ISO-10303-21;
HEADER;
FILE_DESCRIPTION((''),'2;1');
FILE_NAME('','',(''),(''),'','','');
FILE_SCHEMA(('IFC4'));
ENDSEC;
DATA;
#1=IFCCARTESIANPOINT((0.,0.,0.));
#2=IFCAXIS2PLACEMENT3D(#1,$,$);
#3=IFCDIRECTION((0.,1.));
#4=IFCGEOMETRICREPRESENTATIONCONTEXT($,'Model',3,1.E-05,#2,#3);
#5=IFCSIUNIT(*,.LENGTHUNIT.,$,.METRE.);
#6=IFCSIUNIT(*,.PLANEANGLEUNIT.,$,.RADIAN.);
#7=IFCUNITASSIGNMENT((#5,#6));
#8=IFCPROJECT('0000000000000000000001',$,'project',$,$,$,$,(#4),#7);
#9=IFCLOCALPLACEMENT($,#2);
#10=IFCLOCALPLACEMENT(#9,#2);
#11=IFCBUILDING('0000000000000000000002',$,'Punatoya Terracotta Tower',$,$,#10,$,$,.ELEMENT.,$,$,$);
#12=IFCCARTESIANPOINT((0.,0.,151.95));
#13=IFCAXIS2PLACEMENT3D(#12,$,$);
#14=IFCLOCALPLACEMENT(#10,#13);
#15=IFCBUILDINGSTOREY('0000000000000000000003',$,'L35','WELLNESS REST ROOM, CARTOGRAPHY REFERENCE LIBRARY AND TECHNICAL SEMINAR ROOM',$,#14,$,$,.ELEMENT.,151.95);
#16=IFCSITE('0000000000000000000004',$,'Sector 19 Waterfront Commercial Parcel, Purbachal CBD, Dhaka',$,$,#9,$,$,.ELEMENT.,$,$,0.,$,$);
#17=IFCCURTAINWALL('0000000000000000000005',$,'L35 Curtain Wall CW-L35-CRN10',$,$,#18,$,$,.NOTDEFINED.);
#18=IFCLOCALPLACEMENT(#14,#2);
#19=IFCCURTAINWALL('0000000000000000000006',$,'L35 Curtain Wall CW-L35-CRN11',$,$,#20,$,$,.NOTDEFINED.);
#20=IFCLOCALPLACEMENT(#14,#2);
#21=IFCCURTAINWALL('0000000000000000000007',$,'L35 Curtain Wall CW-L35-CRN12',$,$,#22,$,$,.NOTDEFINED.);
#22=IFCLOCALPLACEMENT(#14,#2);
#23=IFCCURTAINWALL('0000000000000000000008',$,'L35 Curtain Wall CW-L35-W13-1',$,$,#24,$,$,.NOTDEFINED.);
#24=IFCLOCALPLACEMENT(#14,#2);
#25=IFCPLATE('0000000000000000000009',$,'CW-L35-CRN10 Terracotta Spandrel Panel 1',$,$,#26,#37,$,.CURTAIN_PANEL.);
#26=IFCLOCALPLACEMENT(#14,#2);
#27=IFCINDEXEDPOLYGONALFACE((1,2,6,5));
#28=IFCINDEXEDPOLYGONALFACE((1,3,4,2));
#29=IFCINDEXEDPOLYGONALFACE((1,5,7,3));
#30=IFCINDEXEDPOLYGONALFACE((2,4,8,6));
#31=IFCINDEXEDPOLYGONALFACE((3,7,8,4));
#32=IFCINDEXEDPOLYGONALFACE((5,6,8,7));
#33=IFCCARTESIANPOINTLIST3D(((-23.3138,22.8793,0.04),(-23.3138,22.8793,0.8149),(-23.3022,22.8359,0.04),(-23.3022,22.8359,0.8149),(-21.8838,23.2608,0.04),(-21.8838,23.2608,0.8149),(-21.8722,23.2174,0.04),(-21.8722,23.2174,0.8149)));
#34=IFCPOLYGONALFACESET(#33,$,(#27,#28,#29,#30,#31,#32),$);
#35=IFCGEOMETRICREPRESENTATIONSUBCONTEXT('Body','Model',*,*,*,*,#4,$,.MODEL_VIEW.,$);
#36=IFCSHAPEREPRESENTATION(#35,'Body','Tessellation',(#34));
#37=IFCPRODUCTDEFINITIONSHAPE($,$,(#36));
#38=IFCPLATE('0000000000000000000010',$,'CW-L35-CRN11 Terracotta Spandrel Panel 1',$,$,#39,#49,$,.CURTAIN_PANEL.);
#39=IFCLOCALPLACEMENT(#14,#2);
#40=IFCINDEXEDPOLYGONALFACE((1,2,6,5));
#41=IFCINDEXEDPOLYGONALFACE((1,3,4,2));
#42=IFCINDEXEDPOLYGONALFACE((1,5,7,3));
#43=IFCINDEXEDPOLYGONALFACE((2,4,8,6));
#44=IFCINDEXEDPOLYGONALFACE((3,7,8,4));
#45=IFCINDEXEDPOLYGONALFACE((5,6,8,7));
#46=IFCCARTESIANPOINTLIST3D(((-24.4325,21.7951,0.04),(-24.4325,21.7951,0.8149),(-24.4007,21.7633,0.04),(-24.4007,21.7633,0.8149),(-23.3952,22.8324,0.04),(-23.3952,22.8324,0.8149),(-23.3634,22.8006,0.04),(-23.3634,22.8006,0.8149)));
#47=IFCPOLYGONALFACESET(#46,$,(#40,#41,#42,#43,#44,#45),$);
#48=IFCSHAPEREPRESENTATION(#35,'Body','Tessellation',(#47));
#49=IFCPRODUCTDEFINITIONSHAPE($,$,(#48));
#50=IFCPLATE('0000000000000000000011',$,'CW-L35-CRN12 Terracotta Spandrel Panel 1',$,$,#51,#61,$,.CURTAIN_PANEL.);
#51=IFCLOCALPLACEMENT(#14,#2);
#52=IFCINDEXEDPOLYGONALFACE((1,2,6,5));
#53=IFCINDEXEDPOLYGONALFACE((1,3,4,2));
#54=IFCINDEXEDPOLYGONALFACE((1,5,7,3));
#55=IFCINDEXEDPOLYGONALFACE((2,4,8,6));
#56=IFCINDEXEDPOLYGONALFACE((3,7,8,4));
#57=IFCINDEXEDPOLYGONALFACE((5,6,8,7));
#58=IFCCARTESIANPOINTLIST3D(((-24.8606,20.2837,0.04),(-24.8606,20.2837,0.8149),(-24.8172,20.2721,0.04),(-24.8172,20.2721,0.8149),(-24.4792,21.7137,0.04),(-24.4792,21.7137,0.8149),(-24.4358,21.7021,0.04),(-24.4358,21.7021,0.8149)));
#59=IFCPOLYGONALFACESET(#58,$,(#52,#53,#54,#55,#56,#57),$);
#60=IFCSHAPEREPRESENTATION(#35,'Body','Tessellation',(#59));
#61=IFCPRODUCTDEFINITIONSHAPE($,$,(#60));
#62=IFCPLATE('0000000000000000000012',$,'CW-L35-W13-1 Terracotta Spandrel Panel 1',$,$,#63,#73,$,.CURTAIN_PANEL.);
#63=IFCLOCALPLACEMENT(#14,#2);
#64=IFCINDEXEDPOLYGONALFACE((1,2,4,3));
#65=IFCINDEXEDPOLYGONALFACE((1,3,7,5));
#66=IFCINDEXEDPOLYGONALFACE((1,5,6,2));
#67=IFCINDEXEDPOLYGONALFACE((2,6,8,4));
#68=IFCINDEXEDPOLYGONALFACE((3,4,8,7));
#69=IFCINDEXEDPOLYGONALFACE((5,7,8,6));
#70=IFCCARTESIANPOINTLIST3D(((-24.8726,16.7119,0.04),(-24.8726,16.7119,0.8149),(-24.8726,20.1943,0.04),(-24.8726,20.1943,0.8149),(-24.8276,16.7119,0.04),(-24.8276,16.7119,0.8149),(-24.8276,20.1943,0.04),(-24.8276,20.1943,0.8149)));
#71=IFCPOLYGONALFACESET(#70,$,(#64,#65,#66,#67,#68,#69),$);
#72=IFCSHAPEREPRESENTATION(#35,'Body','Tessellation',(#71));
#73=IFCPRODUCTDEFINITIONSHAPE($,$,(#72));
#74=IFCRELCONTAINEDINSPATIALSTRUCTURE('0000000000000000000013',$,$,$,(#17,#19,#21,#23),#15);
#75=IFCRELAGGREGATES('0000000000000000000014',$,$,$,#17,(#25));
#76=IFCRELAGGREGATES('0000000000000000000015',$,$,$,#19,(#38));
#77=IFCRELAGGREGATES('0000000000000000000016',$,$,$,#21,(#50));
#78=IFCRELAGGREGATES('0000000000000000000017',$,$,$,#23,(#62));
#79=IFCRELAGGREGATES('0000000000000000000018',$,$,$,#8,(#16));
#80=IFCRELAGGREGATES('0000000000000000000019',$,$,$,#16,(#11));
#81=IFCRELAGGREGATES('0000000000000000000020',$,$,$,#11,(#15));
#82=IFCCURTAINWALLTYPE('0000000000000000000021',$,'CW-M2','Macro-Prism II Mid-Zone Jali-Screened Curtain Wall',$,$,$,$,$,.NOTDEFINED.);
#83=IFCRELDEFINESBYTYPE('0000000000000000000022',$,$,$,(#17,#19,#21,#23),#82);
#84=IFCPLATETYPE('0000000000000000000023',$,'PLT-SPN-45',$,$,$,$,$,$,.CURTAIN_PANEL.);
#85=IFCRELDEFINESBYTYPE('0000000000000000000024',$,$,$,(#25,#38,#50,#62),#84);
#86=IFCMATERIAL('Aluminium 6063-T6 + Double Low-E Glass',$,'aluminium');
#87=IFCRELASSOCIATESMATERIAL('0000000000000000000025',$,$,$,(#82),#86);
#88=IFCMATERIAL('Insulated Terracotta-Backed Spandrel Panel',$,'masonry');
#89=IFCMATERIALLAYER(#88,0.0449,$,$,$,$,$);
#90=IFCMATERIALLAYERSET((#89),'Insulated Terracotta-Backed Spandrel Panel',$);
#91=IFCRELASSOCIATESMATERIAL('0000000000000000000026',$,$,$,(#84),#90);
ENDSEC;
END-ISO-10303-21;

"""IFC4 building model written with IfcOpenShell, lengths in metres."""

from ifc_helpers import new_model, si_unit, direction, frame, origin, origin_2d, place, context, subcontext, project, spatial, rectangle, extrude, material, layer, layer_set, type_object, element, aggregate, save


model = new_model("IFC4")

# Units and contexts
model_context = context("Model", 3, precision=1e-05, world=origin(), true_north=direction((0.0, 1.0)))
body_context = subcontext(model_context, "Body", "Model", "MODEL_VIEW")
ifc_project = project(units=[si_unit("LENGTHUNIT", "METRE"), si_unit("PLANEANGLEUNIT", "RADIAN")], contexts=[model_context])

# Site, building, storey
site_placement = place(None, origin())
site = spatial("IfcSite", under=ifc_project, at=site_placement, Name="Sector 19 Waterfront Commercial Parcel, Purbachal CBD, Dhaka", CompositionType="ELEMENT", RefElevation=0.0)
building_placement = place(site_placement, origin())
building = spatial("IfcBuilding", under=site, at=building_placement, Name="Punatoya Terracotta Tower", CompositionType="ELEMENT")
storey_placement = place(building_placement, frame((0.0, 0.0, 151.95)))
storey = spatial("IfcBuildingStorey", under=building, at=storey_placement, Name="L35", Description="WELLNESS REST ROOM, CARTOGRAPHY REFERENCE LIBRARY AND TECHNICAL SEMINAR ROOM", CompositionType="ELEMENT", Elevation=151.95)

# Curtain walls
ifc_material_1 = material(Name="Aluminium 6063-T6 + Double Low-E Glass", Category="aluminium")
curtain_wall_type = type_object("IfcCurtainWallType", Name="CW-M2", Description="Macro-Prism II Mid-Zone Jali-Screened Curtain Wall", PredefinedType="NOTDEFINED", material=ifc_material_1)
curtain_wall_1_placement = place(storey_placement, origin())
curtain_wall_1 = element("IfcCurtainWall", 1, at=curtain_wall_1_placement, inside=storey, type_object=curtain_wall_type, Name="L35 Curtain Wall CW-L35-CRN10", PredefinedType="NOTDEFINED")
curtain_wall_2_placement = place(storey_placement, origin())
curtain_wall_2 = element("IfcCurtainWall", 2, at=curtain_wall_2_placement, inside=storey, type_object=curtain_wall_type, Name="L35 Curtain Wall CW-L35-CRN11", PredefinedType="NOTDEFINED")
curtain_wall_3_placement = place(storey_placement, origin())
curtain_wall_3 = element("IfcCurtainWall", 3, at=curtain_wall_3_placement, inside=storey, type_object=curtain_wall_type, Name="L35 Curtain Wall CW-L35-CRN12", PredefinedType="NOTDEFINED")

# Curtain wall
curtain_wall_4_placement = place(storey_placement, origin())
curtain_wall_4 = element("IfcCurtainWall", 4, at=curtain_wall_4_placement, inside=storey, type_object=curtain_wall_type, Name="L35 Curtain Wall CW-L35-W13-1", PredefinedType="NOTDEFINED")

# Plates
ifc_material_2 = material(Name="Insulated Terracotta-Backed Spandrel Panel", Category="masonry")
ifc_layer_1 = layer(ifc_material_2, 0.0449)
ifc_layer_set_1 = layer_set([ifc_layer_1], Name="Insulated Terracotta-Backed Spandrel Panel")
plate_type_1 = type_object("IfcPlateType", Name="PLT-SPN-45", PredefinedType="CURTAIN_PANEL", material=ifc_layer_set_1)
plate_1_placement = place(storey_placement, frame((-22.593, 23.0483, 0.04), z_axis=(0.0, 0.0, 1.0), x_axis=(-0.966214, -0.257742, 0.0)))
plate_1 = element("IfcPlate", 5, at=plate_1_placement, type_object=plate_type_1, Name="CW-L35-CRN10 Terracotta Spandrel Panel 1", PredefinedType="CURTAIN_PANEL", context=body_context, shape_type="SweptSolid", body=[
    extrude(rectangle(XDim=1.48, YDim=0.0449, at=origin_2d()), origin(), (0.0, 0.0, 1.0), 0.7749),
])
aggregate(curtain_wall_1, [plate_1])
plate_2_placement = place(storey_placement, frame((-23.8979, 22.2979, 0.04), z_axis=(0.0, 0.0, 1.0), x_axis=(-0.707107, -0.707107, 0.0)))
plate_2 = element("IfcPlate", 6, at=plate_2_placement, type_object=plate_type_1, Name="CW-L35-CRN11 Terracotta Spandrel Panel 1", PredefinedType="CURTAIN_PANEL", context=body_context, shape_type="SweptSolid", body=[
    extrude(rectangle(XDim=1.467, YDim=0.0449, at=origin_2d()), origin(), (0.0, 0.0, 1.0), 0.7749),
])
aggregate(curtain_wall_2, [plate_2])
plate_3_placement = place(storey_placement, frame((-24.6482, 20.9929, 0.04), z_axis=(0.0, 0.0, 1.0), x_axis=(-0.257742, -0.966214, 0.0)))
plate_3 = element("IfcPlate", 7, at=plate_3_placement, type_object=plate_type_1, Name="CW-L35-CRN12 Terracotta Spandrel Panel 1", PredefinedType="CURTAIN_PANEL", context=body_context, shape_type="SweptSolid", body=[
    extrude(rectangle(XDim=1.48, YDim=0.0449, at=origin_2d()), origin(), (0.0, 0.0, 1.0), 0.7749),
])
aggregate(curtain_wall_3, [plate_3])
plate_4_placement = place(storey_placement, frame((-24.8501, 18.4531, 0.04), z_axis=(0.0, 0.0, 1.0), x_axis=(0.0, -1.0, 0.0)))
plate_4 = element("IfcPlate", 8, at=plate_4_placement, type_object=plate_type_1, Name="CW-L35-W13-1 Terracotta Spandrel Panel 1", PredefinedType="CURTAIN_PANEL", context=body_context, shape_type="SweptSolid", body=[
    extrude(rectangle(XDim=3.4824, YDim=0.0449, at=origin_2d()), origin(), (0.0, 0.0, 1.0), 0.7749),
])
aggregate(curtain_wall_4, [plate_4])

save(model, "model.ifc")
